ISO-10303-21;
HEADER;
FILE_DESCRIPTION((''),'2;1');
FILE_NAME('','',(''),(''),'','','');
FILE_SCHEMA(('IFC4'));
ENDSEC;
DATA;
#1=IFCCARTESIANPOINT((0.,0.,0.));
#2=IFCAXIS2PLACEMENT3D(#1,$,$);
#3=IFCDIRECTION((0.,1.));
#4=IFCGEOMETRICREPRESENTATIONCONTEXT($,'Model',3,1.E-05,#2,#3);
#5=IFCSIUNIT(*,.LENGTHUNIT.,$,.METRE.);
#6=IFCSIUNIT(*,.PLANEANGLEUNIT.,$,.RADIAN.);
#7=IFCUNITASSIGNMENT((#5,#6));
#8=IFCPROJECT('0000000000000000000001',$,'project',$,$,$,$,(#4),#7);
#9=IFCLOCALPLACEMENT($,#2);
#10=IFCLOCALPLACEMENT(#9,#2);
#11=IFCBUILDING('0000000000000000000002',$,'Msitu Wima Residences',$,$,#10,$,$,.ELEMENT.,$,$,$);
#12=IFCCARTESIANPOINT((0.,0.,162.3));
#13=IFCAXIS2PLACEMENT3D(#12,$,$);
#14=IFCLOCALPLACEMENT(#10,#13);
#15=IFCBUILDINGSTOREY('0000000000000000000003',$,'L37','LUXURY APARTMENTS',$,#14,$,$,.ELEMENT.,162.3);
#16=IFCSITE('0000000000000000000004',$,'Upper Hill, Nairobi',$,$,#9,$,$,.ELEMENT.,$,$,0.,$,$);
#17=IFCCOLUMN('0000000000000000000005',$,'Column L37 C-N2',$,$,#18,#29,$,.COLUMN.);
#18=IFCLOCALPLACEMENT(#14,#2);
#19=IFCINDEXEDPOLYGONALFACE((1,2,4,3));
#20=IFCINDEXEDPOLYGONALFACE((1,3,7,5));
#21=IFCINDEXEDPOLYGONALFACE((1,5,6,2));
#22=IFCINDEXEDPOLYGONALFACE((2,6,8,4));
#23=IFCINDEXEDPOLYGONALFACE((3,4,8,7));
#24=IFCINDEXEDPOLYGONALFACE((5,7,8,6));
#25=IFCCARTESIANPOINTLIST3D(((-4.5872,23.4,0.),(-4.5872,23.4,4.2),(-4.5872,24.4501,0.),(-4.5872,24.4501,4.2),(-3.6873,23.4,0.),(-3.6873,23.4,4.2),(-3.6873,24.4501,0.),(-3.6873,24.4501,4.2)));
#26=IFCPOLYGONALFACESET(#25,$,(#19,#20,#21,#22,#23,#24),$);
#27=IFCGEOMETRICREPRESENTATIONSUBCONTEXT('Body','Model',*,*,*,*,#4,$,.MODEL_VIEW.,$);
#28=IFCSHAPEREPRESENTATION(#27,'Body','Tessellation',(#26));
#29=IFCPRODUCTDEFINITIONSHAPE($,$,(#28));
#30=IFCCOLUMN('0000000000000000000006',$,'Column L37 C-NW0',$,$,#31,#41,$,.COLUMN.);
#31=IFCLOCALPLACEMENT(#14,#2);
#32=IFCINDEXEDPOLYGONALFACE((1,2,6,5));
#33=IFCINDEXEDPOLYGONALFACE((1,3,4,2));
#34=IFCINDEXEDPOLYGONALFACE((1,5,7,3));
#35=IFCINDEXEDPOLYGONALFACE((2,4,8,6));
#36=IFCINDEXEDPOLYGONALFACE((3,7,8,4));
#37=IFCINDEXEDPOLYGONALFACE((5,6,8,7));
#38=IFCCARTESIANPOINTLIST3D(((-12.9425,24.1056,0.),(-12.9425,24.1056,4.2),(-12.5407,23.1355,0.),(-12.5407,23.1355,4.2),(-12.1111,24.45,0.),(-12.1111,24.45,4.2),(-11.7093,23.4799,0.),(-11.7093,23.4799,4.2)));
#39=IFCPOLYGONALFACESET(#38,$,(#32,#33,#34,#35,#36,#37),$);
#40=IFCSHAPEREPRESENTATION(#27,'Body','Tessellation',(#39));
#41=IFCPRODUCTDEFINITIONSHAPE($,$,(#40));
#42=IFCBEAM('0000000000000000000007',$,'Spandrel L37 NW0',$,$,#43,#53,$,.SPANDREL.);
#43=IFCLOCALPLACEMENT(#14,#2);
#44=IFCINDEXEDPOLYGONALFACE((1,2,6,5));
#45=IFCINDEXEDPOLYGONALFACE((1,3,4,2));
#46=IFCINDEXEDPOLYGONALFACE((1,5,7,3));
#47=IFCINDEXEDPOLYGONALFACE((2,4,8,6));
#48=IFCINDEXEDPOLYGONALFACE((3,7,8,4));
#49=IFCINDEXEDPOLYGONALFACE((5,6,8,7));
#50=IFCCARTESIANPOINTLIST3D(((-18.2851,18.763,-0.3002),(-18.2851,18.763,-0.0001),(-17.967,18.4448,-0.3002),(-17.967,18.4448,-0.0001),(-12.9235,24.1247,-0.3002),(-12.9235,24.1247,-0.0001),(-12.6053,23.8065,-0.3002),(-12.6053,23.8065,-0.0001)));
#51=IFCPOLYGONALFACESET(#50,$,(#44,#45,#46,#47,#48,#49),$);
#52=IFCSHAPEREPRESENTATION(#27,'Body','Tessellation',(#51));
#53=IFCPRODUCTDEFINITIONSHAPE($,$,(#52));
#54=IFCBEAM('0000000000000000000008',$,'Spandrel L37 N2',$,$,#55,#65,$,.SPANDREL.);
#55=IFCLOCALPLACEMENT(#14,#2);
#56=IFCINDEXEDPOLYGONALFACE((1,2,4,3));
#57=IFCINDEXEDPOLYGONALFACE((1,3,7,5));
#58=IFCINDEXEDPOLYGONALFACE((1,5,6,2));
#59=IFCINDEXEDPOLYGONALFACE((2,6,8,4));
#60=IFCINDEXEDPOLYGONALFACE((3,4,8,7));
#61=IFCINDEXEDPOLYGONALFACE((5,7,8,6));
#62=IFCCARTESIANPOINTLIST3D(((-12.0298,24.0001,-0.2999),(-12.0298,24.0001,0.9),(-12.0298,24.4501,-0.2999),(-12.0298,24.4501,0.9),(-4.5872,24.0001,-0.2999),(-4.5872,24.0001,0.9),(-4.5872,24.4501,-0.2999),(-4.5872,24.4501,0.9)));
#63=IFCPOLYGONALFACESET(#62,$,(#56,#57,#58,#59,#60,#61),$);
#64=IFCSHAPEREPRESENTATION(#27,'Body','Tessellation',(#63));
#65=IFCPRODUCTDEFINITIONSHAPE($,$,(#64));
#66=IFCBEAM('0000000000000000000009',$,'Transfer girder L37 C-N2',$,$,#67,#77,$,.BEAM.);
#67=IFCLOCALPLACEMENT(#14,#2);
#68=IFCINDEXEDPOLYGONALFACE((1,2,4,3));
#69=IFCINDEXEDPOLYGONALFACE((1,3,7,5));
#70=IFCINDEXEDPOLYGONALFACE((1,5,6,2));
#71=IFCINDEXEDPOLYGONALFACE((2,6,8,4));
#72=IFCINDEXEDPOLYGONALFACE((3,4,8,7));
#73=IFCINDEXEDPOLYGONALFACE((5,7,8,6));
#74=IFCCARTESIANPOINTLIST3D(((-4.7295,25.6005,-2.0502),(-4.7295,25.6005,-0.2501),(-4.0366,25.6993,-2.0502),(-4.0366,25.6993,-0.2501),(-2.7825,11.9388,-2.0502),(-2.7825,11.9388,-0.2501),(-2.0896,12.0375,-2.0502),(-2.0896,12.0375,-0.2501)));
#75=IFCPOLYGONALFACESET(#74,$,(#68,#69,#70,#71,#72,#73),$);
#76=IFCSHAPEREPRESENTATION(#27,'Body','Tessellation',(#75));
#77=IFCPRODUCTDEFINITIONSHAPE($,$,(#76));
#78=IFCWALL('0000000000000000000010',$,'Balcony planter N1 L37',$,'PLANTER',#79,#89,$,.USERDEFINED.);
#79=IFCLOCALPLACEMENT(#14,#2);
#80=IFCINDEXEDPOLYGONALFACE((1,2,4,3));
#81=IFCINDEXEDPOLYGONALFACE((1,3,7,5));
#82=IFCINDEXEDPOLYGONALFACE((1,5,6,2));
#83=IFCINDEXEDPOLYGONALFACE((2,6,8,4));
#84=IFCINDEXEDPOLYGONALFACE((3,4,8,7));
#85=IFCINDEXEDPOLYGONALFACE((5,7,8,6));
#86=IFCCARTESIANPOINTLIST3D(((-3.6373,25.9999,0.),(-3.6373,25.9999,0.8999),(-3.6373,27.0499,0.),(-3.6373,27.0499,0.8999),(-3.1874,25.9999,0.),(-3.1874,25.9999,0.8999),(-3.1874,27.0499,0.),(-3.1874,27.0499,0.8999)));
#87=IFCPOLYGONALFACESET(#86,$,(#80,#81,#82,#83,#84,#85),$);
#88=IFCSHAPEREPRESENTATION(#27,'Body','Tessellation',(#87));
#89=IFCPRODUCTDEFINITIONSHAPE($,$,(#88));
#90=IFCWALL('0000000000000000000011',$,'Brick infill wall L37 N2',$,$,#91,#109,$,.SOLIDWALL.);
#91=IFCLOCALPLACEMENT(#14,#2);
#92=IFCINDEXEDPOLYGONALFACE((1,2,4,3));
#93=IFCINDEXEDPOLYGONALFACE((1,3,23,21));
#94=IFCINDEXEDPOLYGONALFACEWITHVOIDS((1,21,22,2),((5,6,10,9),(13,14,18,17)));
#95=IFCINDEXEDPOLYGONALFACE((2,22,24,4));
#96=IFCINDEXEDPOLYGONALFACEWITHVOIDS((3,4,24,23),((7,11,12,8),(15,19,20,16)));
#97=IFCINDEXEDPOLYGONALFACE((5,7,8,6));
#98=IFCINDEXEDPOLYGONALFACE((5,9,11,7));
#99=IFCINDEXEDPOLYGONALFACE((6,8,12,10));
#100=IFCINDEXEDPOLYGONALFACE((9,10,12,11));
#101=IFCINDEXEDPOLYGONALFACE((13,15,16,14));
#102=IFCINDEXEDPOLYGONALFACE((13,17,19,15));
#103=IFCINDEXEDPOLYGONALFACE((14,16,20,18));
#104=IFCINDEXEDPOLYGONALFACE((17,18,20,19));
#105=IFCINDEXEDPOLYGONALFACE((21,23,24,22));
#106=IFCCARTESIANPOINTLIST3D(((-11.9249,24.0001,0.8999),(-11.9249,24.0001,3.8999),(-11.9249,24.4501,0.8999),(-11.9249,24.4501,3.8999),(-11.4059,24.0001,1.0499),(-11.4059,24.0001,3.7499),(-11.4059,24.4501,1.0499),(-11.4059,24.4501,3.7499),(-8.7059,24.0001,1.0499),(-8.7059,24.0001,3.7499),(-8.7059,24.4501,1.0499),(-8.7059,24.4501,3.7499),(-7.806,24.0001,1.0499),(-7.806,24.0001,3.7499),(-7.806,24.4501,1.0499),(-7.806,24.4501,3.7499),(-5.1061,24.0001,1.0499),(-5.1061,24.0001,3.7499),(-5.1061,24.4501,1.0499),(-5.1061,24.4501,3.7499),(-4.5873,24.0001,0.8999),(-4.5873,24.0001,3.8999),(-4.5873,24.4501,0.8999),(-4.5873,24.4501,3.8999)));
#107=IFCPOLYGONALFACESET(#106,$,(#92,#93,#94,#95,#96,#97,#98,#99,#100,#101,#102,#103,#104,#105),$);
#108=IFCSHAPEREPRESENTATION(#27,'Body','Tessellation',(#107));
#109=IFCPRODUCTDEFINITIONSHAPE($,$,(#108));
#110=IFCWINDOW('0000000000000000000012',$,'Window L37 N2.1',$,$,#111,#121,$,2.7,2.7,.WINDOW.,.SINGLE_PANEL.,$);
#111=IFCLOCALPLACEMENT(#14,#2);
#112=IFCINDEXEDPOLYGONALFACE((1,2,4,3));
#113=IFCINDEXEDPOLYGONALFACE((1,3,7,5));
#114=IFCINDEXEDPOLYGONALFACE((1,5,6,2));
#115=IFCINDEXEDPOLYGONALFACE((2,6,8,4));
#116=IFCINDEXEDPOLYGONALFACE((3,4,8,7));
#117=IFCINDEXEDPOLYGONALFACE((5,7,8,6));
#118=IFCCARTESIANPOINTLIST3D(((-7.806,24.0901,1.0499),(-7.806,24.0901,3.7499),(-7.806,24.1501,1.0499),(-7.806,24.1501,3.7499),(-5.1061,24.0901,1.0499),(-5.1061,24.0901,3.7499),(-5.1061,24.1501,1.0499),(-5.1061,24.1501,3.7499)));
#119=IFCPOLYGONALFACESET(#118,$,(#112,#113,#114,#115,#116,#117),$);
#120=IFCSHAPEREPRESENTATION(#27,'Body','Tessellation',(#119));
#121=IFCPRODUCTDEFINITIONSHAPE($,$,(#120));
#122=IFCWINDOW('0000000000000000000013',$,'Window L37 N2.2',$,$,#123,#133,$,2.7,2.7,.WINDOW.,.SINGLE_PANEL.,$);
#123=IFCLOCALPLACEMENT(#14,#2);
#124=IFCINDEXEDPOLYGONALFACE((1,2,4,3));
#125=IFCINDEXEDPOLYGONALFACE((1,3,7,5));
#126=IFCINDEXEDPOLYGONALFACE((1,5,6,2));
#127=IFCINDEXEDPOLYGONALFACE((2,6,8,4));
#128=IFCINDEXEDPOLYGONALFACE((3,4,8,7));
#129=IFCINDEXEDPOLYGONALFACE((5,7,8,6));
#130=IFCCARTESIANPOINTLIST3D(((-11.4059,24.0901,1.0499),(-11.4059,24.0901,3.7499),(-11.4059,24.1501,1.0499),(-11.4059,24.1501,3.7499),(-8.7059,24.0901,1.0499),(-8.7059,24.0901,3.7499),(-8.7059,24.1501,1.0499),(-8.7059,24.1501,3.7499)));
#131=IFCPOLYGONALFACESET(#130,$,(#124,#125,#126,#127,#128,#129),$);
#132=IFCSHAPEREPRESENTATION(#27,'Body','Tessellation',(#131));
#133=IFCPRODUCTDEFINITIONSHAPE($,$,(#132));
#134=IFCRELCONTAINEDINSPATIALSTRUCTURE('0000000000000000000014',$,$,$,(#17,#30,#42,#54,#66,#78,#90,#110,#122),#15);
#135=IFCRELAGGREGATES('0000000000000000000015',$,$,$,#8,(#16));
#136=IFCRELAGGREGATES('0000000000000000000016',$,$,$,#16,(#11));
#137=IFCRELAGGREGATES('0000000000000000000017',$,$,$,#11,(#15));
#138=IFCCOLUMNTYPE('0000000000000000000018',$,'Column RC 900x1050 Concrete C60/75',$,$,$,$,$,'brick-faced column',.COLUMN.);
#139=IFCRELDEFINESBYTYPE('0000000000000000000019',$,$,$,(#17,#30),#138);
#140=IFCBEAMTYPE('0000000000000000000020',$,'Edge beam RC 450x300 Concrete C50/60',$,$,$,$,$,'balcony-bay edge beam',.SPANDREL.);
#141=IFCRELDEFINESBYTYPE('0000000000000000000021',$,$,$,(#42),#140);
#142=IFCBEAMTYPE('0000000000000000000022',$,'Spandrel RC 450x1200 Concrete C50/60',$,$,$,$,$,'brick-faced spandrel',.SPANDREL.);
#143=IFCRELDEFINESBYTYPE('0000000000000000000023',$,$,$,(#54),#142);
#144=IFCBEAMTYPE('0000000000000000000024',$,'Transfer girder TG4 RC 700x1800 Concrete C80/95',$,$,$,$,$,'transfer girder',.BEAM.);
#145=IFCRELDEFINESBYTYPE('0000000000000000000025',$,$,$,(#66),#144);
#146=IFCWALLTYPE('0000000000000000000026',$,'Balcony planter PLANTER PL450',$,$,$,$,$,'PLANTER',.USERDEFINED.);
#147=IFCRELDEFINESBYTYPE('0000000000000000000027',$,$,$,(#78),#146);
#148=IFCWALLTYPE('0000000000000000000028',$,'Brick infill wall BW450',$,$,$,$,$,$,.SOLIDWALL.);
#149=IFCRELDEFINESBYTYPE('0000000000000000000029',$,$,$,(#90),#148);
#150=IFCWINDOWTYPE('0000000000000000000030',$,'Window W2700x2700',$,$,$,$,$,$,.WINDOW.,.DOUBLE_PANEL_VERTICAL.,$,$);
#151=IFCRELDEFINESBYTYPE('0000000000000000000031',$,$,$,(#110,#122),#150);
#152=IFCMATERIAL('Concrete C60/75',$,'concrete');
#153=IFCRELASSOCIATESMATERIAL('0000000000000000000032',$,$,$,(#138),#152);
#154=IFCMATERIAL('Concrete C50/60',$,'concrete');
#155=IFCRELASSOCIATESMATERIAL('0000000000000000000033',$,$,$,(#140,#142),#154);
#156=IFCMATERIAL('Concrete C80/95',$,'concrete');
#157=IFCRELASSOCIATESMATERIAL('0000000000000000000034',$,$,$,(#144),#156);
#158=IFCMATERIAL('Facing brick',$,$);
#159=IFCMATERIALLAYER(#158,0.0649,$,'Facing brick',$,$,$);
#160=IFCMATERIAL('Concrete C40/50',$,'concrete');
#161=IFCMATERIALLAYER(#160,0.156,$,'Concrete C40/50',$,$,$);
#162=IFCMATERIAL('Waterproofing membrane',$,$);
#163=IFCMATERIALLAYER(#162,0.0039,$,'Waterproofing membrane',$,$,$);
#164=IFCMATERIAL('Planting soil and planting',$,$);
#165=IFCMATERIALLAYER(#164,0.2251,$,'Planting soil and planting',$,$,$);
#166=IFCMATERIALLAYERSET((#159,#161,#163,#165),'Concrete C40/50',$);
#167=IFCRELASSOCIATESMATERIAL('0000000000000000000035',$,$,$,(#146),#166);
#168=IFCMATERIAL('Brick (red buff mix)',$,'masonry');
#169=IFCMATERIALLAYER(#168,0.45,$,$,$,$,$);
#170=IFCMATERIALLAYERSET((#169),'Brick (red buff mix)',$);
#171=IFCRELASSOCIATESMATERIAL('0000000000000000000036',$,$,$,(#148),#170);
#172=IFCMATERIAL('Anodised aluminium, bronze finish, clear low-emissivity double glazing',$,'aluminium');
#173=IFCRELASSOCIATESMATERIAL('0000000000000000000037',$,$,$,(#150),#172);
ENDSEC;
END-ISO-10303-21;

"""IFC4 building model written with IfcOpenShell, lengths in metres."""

from ifc_helpers import new_model, si_unit, direction, frame, frame_2d, origin, origin_2d, place, context, subcontext, project, spatial, rectangle, extrude, material, layer, layer_set, material_profile, profile_set, type_object, element, fill, save


model = new_model("IFC4")

# Units and contexts
model_context = context("Model", 3, precision=1e-05, world=origin(), true_north=direction((0.0, 1.0)))
body_context = subcontext(model_context, "Body", "Model", "MODEL_VIEW")
ifc_project = project(units=[si_unit("LENGTHUNIT", "METRE"), si_unit("PLANEANGLEUNIT", "RADIAN")], contexts=[model_context])

# Site, building, storey
site_placement = place(None, origin())
site = spatial("IfcSite", under=ifc_project, at=site_placement, Name="Upper Hill, Nairobi", CompositionType="ELEMENT", RefElevation=0.0)
building_placement = place(site_placement, origin())
building = spatial("IfcBuilding", under=site, at=building_placement, Name="Msitu Wima Residences", CompositionType="ELEMENT")
storey_placement = place(building_placement, frame((0.0, 0.0, 162.3)))
storey = spatial("IfcBuildingStorey", under=building, at=storey_placement, Name="L37", Description="LUXURY APARTMENTS", CompositionType="ELEMENT", Elevation=162.3)

# Columns
ifc_material_1 = material(Name="Concrete C60/75", Category="concrete")
ifc_material_profile_1 = material_profile(ifc_material_1, rectangle(XDim=0.8999, YDim=1.05, at=origin_2d()), Name="RC 900x1050")
ifc_profile_set_1 = profile_set([ifc_material_profile_1], Name="Concrete C60/75")
column_type = type_object("IfcColumnType", Name="Column RC 900x1050 Concrete C60/75", ElementType="brick-faced column", PredefinedType="COLUMN", material=ifc_profile_set_1)
for number, where, z_axis, x_axis, name in (
    (1, (-4.1372, 23.925, 0.0), (0.0, 0.0, 1.0), (-1.0, 0.0, 0.0), "Column L37 C-N2"),
    (2, (-12.3259, 23.7927, 0.0), (0.0, 0.0, 1.0), (-0.92388, -0.382683, 0.0), "Column L37 C-NW0"),
):
    element("IfcColumn", number, at=place(storey_placement, frame(where, z_axis=z_axis, x_axis=x_axis)), inside=storey, type_object=column_type, Name=name, PredefinedType="COLUMN", context=body_context, shape_type="SweptSolid", body=[
        extrude(rectangle(XDim=0.8999, YDim=1.05, at=origin_2d()), origin(), (0.0, 0.0, 1.0), 4.2),
    ])

# Beams
ifc_material_2 = material(Name="Concrete C50/60", Category="concrete")
ifc_material_profile_2 = material_profile(ifc_material_2, rectangle(XDim=0.45, YDim=0.3, at=origin_2d()), Name="RC 450x300")
ifc_profile_set_2 = profile_set([ifc_material_profile_2], Name="Concrete C50/60")
beam_type_1 = type_object("IfcBeamType", Name="Edge beam RC 450x300 Concrete C50/60", ElementType="balcony-bay edge beam", PredefinedType="SPANDREL", material=ifc_profile_set_2)
beam_1_placement = place(storey_placement, frame((-12.7644, 23.9656, -0.1501), z_axis=(-0.707107, -0.707107, 0.0), x_axis=(0.707107, -0.707107, 0.0)))
element("IfcBeam", 3, at=beam_1_placement, inside=storey, type_object=beam_type_1, Name="Spandrel L37 NW0", PredefinedType="SPANDREL", context=body_context, shape_type="SweptSolid", body=[
    extrude(rectangle(XDim=0.45, YDim=0.3, at=origin_2d()), origin(), (0.0, 0.0, 1.0), 7.5825),
])
ifc_material_profile_3 = material_profile(ifc_material_2, rectangle(XDim=0.45, YDim=1.2, at=origin_2d()), Name="RC 450x1200")
ifc_profile_set_3 = profile_set([ifc_material_profile_3], Name="Concrete C50/60")
beam_type_2 = type_object("IfcBeamType", Name="Spandrel RC 450x1200 Concrete C50/60", ElementType="brick-faced spandrel", PredefinedType="SPANDREL", material=ifc_profile_set_3)
beam_2_placement = place(storey_placement, frame((-4.5872, 24.2251, 0.3), z_axis=(-1.0, 0.0, 0.0), x_axis=(0.0, -1.0, 0.0)))
element("IfcBeam", 4, at=beam_2_placement, inside=storey, type_object=beam_type_2, Name="Spandrel L37 N2", PredefinedType="SPANDREL", context=body_context, shape_type="SweptSolid", body=[
    extrude(rectangle(XDim=0.45, YDim=1.2, at=origin_2d()), origin(), (0.0, 0.0, 1.0), 7.4426),
])
ifc_material_3 = material(Name="Concrete C80/95", Category="concrete")
ifc_material_profile_4 = material_profile(ifc_material_3, rectangle(XDim=0.7, YDim=1.8, at=origin_2d()), Name="RC 700x1800")
ifc_profile_set_4 = profile_set([ifc_material_profile_4], Name="Concrete C80/95")
beam_type_3 = type_object("IfcBeamType", Name="Transfer girder TG4 RC 700x1800 Concrete C80/95", ElementType="transfer girder", PredefinedType="BEAM", material=ifc_profile_set_4)
beam_3_placement = place(storey_placement, frame((-4.3831, 25.6499, -1.1501), z_axis=(0.141089, -0.989997, 0.0), x_axis=(0.989997, 0.141089, 0.0)))
element("IfcBeam", 5, at=beam_3_placement, inside=storey, type_object=beam_type_3, Name="Transfer girder L37 C-N2", PredefinedType="BEAM", context=body_context, shape_type="SweptSolid", body=[
    extrude(rectangle(XDim=0.7, YDim=1.8, at=origin_2d()), origin(), (0.0, 0.0, 1.0), 13.7998),
])

# Wall
ifc_material_4 = material(Name="Facing brick")
ifc_layer_1 = layer(ifc_material_4, 0.0649, Name="Facing brick")
ifc_material_5 = material(Name="Concrete C40/50", Category="concrete")
ifc_layer_2 = layer(ifc_material_5, 0.156, Name="Concrete C40/50")
ifc_material_6 = material(Name="Waterproofing membrane")
ifc_layer_3 = layer(ifc_material_6, 0.0039, Name="Waterproofing membrane")
ifc_material_7 = material(Name="Planting soil and planting")
ifc_layer_4 = layer(ifc_material_7, 0.2251, Name="Planting soil and planting")
ifc_layer_set_1 = layer_set([ifc_layer_1, ifc_layer_2, ifc_layer_3, ifc_layer_4], Name="Concrete C40/50")
wall_type_1 = type_object("IfcWallType", Name="Balcony planter PLANTER PL450", ElementType="PLANTER", PredefinedType="USERDEFINED", material=ifc_layer_set_1)
wall_1_placement = place(storey_placement, frame((-3.4124, 26.0, 0.0), z_axis=(0.0, 0.0, 1.0), x_axis=(0.0, 1.0, 0.0)))
element("IfcWall", 6, at=wall_1_placement, inside=storey, type_object=wall_type_1, Name="Balcony planter N1 L37", ObjectType="PLANTER", PredefinedType="USERDEFINED", context=body_context, shape_type="SweptSolid", body=[
    extrude(rectangle(XDim=1.05, YDim=0.45, at=frame_2d((0.5249, 0.0))), origin(), (0.0, 0.0, 1.0), 0.8999),
])

# Wall, openings, windows
ifc_material_8 = material(Name="Brick (red buff mix)", Category="masonry")
ifc_layer_5 = layer(ifc_material_8, 0.45)
ifc_layer_set_2 = layer_set([ifc_layer_5], Name="Brick (red buff mix)")
wall_type_2 = type_object("IfcWallType", Name="Brick infill wall BW450", PredefinedType="SOLIDWALL", material=ifc_layer_set_2)
wall_2_placement = place(storey_placement, frame((-4.5872, 24.2251, 0.8999), z_axis=(0.0, 0.0, 1.0), x_axis=(-1.0, 0.0, 0.0)))
wall_2 = element("IfcWall", 7, at=wall_2_placement, inside=storey, type_object=wall_type_2, Name="Brick infill wall L37 N2", PredefinedType="SOLIDWALL", context=body_context, shape_type="SweptSolid", body=[
    extrude(rectangle(XDim=7.3376, YDim=0.45, at=frame_2d((3.6689, 0.0))), origin(), (0.0, 0.0, 1.0), 3.0),
])
opening_1_placement = place(wall_2_placement, frame((0.5188, 0.0, 0.1499)))
opening_1 = element("IfcOpeningElement", 8, at=opening_1_placement, cuts=wall_2, PredefinedType="OPENING", context=body_context, shape_type="SweptSolid", body=[
    extrude(rectangle(XDim=2.7, YDim=2.7, at=frame_2d((1.3501, 1.3501))), frame((0.0, 0.2349, 0.0), z_axis=(0.0, -1.0, 0.0), x_axis=(1.0, 0.0, 0.0)), (0.0, 0.0, 1.0), 0.47),
])
opening_2_placement = place(wall_2_placement, frame((4.1187, 0.0, 0.1499)))
opening_2 = element("IfcOpeningElement", 9, at=opening_2_placement, cuts=wall_2, PredefinedType="OPENING", context=body_context, shape_type="SweptSolid", body=[
    extrude(rectangle(XDim=2.7, YDim=2.7, at=frame_2d((1.3501, 1.3501))), frame((0.0, 0.2349, 0.0), z_axis=(0.0, -1.0, 0.0), x_axis=(1.0, 0.0, 0.0)), (0.0, 0.0, 1.0), 0.47),
])
ifc_material_9 = material(Name="Anodised aluminium, bronze finish, clear low-emissivity double glazing", Category="aluminium")
window_type = type_object("IfcWindowType", Name="Window W2700x2700", PartitioningType="DOUBLE_PANEL_VERTICAL", PredefinedType="WINDOW", material=ifc_material_9)
window_1_placement = place(opening_1_placement, origin())
window_1 = element("IfcWindow", 10, at=window_1_placement, inside=storey, type_object=window_type, Name="Window L37 N2.1", OverallHeight=2.7, OverallWidth=2.7, PartitioningType="SINGLE_PANEL", PredefinedType="WINDOW", context=body_context, shape_type="SweptSolid", body=[
    extrude(rectangle(XDim=2.7, YDim=2.7, at=frame_2d((1.3501, 1.3501))), frame((0.0, 0.135, 0.0), z_axis=(0.0, -1.0, 0.0), x_axis=(1.0, 0.0, 0.0)), (0.0, 0.0, 1.0), 0.0601),
])
fill(opening_1, window_1)
window_2_placement = place(opening_2_placement, origin())
window_2 = element("IfcWindow", 11, at=window_2_placement, inside=storey, type_object=window_type, Name="Window L37 N2.2", OverallHeight=2.7, OverallWidth=2.7, PartitioningType="SINGLE_PANEL", PredefinedType="WINDOW", context=body_context, shape_type="SweptSolid", body=[
    extrude(rectangle(XDim=2.7, YDim=2.7, at=frame_2d((1.3501, 1.3501))), frame((0.0, 0.135, 0.0), z_axis=(0.0, -1.0, 0.0), x_axis=(1.0, 0.0, 0.0)), (0.0, 0.0, 1.0), 0.0601),
])
fill(opening_2, window_2)

save(model, "model.ifc")
